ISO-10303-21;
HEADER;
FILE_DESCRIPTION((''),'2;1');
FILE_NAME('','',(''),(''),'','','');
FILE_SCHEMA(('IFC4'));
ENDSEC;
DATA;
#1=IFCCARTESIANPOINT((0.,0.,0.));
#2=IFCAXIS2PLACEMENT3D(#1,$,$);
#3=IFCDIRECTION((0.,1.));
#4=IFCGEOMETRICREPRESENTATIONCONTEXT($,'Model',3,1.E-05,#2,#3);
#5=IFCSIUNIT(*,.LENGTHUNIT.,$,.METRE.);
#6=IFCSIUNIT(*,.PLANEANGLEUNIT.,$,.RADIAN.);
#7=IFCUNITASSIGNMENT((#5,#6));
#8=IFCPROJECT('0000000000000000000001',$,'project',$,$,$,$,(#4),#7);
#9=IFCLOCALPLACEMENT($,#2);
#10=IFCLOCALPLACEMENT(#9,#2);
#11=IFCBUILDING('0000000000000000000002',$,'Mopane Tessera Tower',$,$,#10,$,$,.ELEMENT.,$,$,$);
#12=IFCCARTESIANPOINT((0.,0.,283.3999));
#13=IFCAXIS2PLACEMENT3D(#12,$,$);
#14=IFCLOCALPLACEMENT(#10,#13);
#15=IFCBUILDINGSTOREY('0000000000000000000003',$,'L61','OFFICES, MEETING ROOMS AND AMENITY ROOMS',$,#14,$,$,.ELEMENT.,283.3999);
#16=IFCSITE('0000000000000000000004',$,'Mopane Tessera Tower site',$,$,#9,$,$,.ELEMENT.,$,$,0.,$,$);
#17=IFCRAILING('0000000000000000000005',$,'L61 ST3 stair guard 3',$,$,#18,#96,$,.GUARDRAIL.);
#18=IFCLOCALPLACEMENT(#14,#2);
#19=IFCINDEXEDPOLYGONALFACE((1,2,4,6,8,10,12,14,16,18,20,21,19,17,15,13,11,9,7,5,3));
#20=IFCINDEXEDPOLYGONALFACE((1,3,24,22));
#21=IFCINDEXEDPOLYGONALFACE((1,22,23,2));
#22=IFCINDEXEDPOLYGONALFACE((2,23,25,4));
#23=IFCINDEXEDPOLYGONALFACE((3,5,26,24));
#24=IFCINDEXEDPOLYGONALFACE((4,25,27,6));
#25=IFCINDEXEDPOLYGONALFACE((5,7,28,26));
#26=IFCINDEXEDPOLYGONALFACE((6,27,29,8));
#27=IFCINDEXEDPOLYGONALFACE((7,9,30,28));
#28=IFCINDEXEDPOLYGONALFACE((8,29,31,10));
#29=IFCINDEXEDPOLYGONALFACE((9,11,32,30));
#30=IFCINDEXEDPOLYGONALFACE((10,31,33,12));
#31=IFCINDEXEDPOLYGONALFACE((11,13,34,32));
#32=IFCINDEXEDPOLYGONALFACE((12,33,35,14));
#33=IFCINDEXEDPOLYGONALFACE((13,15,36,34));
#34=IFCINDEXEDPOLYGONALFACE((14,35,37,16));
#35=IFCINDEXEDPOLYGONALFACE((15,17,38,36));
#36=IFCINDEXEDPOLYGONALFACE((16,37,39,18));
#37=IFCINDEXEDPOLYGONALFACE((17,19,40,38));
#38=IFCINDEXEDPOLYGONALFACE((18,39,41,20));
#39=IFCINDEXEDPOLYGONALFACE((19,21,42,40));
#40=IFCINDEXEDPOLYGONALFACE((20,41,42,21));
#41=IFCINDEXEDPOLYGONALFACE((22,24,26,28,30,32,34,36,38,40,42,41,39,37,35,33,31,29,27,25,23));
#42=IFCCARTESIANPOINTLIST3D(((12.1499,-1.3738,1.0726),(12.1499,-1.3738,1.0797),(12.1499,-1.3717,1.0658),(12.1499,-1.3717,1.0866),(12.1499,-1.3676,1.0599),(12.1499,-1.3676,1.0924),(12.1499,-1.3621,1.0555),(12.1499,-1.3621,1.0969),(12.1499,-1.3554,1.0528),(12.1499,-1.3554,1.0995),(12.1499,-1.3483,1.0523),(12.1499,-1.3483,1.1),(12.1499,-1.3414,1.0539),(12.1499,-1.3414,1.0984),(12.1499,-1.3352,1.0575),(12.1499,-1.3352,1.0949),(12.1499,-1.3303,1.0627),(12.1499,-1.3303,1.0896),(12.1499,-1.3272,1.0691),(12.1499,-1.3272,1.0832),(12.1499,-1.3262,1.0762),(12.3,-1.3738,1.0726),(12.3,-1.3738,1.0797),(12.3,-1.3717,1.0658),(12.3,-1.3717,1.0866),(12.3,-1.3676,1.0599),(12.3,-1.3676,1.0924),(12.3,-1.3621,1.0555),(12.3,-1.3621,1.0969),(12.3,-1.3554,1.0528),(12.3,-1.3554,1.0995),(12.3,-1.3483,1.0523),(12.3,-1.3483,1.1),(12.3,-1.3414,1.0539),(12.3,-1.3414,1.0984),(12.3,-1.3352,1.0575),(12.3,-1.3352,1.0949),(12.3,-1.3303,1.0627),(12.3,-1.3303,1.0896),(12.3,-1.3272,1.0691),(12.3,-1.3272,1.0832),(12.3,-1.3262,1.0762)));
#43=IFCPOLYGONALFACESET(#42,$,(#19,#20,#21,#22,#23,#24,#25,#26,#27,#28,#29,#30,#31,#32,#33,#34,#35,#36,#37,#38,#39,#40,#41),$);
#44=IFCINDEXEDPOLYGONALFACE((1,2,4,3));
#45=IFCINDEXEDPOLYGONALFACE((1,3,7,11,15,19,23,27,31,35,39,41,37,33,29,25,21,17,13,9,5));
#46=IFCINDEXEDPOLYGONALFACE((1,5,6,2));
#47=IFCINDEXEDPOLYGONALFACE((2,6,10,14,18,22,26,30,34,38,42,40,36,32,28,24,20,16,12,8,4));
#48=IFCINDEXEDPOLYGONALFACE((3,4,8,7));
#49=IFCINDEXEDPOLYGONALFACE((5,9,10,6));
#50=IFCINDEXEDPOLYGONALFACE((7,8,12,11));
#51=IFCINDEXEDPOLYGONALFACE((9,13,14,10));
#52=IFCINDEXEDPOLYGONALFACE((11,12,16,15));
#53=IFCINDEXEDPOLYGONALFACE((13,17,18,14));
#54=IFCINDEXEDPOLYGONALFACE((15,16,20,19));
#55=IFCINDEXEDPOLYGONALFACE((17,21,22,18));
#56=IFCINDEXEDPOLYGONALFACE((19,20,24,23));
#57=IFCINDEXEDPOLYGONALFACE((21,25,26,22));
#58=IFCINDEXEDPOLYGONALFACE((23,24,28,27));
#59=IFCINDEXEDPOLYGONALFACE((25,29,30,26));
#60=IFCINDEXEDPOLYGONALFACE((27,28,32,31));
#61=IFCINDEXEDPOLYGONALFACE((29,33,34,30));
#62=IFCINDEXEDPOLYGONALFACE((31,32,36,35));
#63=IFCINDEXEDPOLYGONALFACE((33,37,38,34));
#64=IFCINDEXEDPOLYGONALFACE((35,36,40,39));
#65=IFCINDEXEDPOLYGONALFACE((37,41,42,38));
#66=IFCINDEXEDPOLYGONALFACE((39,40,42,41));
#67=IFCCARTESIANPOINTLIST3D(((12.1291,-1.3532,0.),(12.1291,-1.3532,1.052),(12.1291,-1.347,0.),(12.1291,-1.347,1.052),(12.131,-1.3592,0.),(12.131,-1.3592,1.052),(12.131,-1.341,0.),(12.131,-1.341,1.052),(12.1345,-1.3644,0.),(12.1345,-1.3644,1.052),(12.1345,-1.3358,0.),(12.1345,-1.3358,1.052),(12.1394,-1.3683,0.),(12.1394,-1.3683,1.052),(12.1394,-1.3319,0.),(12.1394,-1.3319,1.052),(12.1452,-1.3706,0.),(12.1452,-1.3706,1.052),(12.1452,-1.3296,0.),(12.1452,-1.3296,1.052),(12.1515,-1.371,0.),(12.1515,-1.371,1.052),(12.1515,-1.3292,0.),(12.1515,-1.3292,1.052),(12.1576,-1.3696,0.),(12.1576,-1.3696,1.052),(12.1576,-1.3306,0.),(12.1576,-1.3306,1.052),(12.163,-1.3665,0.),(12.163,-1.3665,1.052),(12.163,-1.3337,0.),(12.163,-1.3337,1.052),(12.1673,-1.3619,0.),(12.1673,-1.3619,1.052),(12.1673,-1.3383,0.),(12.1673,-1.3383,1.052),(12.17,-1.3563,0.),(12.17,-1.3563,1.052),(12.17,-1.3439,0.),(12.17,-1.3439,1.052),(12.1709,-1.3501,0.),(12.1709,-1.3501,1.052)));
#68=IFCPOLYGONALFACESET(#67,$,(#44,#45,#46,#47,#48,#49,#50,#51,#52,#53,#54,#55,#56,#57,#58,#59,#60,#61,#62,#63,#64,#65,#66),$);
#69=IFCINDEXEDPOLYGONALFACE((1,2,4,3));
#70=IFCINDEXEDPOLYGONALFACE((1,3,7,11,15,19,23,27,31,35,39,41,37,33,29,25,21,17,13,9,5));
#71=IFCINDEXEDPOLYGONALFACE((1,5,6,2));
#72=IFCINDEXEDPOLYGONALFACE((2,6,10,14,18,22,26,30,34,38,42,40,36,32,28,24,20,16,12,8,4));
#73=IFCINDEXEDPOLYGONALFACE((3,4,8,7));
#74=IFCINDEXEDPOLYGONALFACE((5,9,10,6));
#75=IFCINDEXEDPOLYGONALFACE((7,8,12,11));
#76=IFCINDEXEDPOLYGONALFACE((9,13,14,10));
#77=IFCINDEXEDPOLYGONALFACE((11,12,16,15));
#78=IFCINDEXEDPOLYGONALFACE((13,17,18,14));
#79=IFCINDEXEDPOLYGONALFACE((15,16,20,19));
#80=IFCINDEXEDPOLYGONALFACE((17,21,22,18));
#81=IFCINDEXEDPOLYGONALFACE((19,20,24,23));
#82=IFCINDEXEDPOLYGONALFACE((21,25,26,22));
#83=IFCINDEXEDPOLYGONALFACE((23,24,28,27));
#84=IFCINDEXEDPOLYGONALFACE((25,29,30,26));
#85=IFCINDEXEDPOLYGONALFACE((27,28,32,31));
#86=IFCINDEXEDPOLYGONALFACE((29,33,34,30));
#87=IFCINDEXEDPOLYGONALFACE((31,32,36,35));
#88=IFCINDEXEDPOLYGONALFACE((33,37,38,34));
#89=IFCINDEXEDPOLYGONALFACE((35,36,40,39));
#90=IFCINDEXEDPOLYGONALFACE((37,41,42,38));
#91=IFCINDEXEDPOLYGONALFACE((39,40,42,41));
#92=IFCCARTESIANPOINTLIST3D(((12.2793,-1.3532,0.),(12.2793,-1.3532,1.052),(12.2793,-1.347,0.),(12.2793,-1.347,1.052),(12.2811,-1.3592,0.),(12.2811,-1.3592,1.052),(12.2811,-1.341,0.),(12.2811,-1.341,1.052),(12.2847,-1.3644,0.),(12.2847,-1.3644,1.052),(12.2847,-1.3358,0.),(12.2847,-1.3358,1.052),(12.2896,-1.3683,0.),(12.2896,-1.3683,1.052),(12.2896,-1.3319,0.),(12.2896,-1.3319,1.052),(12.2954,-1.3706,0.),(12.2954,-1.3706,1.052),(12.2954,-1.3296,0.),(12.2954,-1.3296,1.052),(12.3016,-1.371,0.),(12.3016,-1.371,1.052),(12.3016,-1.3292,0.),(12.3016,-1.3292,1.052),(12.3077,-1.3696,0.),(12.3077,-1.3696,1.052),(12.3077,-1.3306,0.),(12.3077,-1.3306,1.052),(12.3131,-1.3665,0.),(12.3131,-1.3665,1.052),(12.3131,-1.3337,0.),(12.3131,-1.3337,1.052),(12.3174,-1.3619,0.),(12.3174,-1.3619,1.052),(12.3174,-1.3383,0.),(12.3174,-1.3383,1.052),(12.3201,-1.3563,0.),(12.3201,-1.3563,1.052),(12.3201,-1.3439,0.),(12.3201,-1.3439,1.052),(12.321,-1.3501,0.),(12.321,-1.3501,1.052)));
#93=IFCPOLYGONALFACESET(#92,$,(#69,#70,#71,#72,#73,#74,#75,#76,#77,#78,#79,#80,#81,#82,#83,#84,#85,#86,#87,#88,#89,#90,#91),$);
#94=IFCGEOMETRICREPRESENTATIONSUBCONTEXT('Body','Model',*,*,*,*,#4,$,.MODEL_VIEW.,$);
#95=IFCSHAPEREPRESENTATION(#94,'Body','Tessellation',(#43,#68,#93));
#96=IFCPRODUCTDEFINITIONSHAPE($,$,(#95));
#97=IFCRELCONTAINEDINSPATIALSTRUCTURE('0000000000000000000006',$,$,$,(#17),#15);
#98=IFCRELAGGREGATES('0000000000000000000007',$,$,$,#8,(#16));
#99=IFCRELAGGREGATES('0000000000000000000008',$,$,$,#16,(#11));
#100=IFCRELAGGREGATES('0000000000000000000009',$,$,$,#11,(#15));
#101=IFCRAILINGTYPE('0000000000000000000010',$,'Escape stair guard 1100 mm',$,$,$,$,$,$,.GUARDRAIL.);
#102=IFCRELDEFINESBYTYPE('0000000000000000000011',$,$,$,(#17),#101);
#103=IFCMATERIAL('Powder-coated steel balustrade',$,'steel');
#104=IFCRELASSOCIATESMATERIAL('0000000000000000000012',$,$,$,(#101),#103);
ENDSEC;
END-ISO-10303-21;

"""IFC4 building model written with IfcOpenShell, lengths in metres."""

from ifc_helpers import new_model, si_unit, direction, frame, origin, origin_2d, place, context, subcontext, project, spatial, circle, extrude, material, type_object, element, save


model = new_model("IFC4")

# Units and contexts
model_context = context("Model", 3, precision=1e-05, world=origin(), true_north=direction((0.0, 1.0)))
body_context = subcontext(model_context, "Body", "Model", "MODEL_VIEW")
ifc_project = project(units=[si_unit("LENGTHUNIT", "METRE"), si_unit("PLANEANGLEUNIT", "RADIAN")], contexts=[model_context])

# Site, building, storey
site_placement = place(None, origin())
site = spatial("IfcSite", under=ifc_project, at=site_placement, Name="Mopane Tessera Tower site", CompositionType="ELEMENT", RefElevation=0.0)
building_placement = place(site_placement, origin())
building = spatial("IfcBuilding", under=site, at=building_placement, Name="Mopane Tessera Tower", CompositionType="ELEMENT")
storey_placement = place(building_placement, frame((0.0, 0.0, 283.3999)))
storey = spatial("IfcBuildingStorey", under=building, at=storey_placement, Name="L61", Description="OFFICES, MEETING ROOMS AND AMENITY ROOMS", CompositionType="ELEMENT", Elevation=283.3999)

# Railing
ifc_material_1 = material(Name="Powder-coated steel balustrade", Category="steel")
railing_type_1 = type_object("IfcRailingType", Name="Escape stair guard 1100 mm", PredefinedType="GUARDRAIL", material=ifc_material_1)
railing_1_placement = place(storey_placement, frame((12.1499, -1.3501, 0.0)))
element("IfcRailing", 1, at=railing_1_placement, inside=storey, type_object=railing_type_1, Name="L61 ST3 stair guard 3", PredefinedType="GUARDRAIL", context=body_context, shape_type="SweptSolid", body=[
    extrude(circle(Radius=0.0239, at=origin_2d()), frame((0.0, 0.0, 1.0762), z_axis=(1.0, 0.0, 0.0), x_axis=(0.0, 1.0, 0.0)), (0.0, 0.0, 1.0), 0.1501),
    extrude(circle(Radius=0.021, at=origin_2d()), origin(), (0.0, 0.0, 1.0), 1.052),
    extrude(circle(Radius=0.021, at=origin_2d()), frame((0.1501, 0.0, 0.0)), (0.0, 0.0, 1.0), 1.052),
])

save(model, "model.ifc")
